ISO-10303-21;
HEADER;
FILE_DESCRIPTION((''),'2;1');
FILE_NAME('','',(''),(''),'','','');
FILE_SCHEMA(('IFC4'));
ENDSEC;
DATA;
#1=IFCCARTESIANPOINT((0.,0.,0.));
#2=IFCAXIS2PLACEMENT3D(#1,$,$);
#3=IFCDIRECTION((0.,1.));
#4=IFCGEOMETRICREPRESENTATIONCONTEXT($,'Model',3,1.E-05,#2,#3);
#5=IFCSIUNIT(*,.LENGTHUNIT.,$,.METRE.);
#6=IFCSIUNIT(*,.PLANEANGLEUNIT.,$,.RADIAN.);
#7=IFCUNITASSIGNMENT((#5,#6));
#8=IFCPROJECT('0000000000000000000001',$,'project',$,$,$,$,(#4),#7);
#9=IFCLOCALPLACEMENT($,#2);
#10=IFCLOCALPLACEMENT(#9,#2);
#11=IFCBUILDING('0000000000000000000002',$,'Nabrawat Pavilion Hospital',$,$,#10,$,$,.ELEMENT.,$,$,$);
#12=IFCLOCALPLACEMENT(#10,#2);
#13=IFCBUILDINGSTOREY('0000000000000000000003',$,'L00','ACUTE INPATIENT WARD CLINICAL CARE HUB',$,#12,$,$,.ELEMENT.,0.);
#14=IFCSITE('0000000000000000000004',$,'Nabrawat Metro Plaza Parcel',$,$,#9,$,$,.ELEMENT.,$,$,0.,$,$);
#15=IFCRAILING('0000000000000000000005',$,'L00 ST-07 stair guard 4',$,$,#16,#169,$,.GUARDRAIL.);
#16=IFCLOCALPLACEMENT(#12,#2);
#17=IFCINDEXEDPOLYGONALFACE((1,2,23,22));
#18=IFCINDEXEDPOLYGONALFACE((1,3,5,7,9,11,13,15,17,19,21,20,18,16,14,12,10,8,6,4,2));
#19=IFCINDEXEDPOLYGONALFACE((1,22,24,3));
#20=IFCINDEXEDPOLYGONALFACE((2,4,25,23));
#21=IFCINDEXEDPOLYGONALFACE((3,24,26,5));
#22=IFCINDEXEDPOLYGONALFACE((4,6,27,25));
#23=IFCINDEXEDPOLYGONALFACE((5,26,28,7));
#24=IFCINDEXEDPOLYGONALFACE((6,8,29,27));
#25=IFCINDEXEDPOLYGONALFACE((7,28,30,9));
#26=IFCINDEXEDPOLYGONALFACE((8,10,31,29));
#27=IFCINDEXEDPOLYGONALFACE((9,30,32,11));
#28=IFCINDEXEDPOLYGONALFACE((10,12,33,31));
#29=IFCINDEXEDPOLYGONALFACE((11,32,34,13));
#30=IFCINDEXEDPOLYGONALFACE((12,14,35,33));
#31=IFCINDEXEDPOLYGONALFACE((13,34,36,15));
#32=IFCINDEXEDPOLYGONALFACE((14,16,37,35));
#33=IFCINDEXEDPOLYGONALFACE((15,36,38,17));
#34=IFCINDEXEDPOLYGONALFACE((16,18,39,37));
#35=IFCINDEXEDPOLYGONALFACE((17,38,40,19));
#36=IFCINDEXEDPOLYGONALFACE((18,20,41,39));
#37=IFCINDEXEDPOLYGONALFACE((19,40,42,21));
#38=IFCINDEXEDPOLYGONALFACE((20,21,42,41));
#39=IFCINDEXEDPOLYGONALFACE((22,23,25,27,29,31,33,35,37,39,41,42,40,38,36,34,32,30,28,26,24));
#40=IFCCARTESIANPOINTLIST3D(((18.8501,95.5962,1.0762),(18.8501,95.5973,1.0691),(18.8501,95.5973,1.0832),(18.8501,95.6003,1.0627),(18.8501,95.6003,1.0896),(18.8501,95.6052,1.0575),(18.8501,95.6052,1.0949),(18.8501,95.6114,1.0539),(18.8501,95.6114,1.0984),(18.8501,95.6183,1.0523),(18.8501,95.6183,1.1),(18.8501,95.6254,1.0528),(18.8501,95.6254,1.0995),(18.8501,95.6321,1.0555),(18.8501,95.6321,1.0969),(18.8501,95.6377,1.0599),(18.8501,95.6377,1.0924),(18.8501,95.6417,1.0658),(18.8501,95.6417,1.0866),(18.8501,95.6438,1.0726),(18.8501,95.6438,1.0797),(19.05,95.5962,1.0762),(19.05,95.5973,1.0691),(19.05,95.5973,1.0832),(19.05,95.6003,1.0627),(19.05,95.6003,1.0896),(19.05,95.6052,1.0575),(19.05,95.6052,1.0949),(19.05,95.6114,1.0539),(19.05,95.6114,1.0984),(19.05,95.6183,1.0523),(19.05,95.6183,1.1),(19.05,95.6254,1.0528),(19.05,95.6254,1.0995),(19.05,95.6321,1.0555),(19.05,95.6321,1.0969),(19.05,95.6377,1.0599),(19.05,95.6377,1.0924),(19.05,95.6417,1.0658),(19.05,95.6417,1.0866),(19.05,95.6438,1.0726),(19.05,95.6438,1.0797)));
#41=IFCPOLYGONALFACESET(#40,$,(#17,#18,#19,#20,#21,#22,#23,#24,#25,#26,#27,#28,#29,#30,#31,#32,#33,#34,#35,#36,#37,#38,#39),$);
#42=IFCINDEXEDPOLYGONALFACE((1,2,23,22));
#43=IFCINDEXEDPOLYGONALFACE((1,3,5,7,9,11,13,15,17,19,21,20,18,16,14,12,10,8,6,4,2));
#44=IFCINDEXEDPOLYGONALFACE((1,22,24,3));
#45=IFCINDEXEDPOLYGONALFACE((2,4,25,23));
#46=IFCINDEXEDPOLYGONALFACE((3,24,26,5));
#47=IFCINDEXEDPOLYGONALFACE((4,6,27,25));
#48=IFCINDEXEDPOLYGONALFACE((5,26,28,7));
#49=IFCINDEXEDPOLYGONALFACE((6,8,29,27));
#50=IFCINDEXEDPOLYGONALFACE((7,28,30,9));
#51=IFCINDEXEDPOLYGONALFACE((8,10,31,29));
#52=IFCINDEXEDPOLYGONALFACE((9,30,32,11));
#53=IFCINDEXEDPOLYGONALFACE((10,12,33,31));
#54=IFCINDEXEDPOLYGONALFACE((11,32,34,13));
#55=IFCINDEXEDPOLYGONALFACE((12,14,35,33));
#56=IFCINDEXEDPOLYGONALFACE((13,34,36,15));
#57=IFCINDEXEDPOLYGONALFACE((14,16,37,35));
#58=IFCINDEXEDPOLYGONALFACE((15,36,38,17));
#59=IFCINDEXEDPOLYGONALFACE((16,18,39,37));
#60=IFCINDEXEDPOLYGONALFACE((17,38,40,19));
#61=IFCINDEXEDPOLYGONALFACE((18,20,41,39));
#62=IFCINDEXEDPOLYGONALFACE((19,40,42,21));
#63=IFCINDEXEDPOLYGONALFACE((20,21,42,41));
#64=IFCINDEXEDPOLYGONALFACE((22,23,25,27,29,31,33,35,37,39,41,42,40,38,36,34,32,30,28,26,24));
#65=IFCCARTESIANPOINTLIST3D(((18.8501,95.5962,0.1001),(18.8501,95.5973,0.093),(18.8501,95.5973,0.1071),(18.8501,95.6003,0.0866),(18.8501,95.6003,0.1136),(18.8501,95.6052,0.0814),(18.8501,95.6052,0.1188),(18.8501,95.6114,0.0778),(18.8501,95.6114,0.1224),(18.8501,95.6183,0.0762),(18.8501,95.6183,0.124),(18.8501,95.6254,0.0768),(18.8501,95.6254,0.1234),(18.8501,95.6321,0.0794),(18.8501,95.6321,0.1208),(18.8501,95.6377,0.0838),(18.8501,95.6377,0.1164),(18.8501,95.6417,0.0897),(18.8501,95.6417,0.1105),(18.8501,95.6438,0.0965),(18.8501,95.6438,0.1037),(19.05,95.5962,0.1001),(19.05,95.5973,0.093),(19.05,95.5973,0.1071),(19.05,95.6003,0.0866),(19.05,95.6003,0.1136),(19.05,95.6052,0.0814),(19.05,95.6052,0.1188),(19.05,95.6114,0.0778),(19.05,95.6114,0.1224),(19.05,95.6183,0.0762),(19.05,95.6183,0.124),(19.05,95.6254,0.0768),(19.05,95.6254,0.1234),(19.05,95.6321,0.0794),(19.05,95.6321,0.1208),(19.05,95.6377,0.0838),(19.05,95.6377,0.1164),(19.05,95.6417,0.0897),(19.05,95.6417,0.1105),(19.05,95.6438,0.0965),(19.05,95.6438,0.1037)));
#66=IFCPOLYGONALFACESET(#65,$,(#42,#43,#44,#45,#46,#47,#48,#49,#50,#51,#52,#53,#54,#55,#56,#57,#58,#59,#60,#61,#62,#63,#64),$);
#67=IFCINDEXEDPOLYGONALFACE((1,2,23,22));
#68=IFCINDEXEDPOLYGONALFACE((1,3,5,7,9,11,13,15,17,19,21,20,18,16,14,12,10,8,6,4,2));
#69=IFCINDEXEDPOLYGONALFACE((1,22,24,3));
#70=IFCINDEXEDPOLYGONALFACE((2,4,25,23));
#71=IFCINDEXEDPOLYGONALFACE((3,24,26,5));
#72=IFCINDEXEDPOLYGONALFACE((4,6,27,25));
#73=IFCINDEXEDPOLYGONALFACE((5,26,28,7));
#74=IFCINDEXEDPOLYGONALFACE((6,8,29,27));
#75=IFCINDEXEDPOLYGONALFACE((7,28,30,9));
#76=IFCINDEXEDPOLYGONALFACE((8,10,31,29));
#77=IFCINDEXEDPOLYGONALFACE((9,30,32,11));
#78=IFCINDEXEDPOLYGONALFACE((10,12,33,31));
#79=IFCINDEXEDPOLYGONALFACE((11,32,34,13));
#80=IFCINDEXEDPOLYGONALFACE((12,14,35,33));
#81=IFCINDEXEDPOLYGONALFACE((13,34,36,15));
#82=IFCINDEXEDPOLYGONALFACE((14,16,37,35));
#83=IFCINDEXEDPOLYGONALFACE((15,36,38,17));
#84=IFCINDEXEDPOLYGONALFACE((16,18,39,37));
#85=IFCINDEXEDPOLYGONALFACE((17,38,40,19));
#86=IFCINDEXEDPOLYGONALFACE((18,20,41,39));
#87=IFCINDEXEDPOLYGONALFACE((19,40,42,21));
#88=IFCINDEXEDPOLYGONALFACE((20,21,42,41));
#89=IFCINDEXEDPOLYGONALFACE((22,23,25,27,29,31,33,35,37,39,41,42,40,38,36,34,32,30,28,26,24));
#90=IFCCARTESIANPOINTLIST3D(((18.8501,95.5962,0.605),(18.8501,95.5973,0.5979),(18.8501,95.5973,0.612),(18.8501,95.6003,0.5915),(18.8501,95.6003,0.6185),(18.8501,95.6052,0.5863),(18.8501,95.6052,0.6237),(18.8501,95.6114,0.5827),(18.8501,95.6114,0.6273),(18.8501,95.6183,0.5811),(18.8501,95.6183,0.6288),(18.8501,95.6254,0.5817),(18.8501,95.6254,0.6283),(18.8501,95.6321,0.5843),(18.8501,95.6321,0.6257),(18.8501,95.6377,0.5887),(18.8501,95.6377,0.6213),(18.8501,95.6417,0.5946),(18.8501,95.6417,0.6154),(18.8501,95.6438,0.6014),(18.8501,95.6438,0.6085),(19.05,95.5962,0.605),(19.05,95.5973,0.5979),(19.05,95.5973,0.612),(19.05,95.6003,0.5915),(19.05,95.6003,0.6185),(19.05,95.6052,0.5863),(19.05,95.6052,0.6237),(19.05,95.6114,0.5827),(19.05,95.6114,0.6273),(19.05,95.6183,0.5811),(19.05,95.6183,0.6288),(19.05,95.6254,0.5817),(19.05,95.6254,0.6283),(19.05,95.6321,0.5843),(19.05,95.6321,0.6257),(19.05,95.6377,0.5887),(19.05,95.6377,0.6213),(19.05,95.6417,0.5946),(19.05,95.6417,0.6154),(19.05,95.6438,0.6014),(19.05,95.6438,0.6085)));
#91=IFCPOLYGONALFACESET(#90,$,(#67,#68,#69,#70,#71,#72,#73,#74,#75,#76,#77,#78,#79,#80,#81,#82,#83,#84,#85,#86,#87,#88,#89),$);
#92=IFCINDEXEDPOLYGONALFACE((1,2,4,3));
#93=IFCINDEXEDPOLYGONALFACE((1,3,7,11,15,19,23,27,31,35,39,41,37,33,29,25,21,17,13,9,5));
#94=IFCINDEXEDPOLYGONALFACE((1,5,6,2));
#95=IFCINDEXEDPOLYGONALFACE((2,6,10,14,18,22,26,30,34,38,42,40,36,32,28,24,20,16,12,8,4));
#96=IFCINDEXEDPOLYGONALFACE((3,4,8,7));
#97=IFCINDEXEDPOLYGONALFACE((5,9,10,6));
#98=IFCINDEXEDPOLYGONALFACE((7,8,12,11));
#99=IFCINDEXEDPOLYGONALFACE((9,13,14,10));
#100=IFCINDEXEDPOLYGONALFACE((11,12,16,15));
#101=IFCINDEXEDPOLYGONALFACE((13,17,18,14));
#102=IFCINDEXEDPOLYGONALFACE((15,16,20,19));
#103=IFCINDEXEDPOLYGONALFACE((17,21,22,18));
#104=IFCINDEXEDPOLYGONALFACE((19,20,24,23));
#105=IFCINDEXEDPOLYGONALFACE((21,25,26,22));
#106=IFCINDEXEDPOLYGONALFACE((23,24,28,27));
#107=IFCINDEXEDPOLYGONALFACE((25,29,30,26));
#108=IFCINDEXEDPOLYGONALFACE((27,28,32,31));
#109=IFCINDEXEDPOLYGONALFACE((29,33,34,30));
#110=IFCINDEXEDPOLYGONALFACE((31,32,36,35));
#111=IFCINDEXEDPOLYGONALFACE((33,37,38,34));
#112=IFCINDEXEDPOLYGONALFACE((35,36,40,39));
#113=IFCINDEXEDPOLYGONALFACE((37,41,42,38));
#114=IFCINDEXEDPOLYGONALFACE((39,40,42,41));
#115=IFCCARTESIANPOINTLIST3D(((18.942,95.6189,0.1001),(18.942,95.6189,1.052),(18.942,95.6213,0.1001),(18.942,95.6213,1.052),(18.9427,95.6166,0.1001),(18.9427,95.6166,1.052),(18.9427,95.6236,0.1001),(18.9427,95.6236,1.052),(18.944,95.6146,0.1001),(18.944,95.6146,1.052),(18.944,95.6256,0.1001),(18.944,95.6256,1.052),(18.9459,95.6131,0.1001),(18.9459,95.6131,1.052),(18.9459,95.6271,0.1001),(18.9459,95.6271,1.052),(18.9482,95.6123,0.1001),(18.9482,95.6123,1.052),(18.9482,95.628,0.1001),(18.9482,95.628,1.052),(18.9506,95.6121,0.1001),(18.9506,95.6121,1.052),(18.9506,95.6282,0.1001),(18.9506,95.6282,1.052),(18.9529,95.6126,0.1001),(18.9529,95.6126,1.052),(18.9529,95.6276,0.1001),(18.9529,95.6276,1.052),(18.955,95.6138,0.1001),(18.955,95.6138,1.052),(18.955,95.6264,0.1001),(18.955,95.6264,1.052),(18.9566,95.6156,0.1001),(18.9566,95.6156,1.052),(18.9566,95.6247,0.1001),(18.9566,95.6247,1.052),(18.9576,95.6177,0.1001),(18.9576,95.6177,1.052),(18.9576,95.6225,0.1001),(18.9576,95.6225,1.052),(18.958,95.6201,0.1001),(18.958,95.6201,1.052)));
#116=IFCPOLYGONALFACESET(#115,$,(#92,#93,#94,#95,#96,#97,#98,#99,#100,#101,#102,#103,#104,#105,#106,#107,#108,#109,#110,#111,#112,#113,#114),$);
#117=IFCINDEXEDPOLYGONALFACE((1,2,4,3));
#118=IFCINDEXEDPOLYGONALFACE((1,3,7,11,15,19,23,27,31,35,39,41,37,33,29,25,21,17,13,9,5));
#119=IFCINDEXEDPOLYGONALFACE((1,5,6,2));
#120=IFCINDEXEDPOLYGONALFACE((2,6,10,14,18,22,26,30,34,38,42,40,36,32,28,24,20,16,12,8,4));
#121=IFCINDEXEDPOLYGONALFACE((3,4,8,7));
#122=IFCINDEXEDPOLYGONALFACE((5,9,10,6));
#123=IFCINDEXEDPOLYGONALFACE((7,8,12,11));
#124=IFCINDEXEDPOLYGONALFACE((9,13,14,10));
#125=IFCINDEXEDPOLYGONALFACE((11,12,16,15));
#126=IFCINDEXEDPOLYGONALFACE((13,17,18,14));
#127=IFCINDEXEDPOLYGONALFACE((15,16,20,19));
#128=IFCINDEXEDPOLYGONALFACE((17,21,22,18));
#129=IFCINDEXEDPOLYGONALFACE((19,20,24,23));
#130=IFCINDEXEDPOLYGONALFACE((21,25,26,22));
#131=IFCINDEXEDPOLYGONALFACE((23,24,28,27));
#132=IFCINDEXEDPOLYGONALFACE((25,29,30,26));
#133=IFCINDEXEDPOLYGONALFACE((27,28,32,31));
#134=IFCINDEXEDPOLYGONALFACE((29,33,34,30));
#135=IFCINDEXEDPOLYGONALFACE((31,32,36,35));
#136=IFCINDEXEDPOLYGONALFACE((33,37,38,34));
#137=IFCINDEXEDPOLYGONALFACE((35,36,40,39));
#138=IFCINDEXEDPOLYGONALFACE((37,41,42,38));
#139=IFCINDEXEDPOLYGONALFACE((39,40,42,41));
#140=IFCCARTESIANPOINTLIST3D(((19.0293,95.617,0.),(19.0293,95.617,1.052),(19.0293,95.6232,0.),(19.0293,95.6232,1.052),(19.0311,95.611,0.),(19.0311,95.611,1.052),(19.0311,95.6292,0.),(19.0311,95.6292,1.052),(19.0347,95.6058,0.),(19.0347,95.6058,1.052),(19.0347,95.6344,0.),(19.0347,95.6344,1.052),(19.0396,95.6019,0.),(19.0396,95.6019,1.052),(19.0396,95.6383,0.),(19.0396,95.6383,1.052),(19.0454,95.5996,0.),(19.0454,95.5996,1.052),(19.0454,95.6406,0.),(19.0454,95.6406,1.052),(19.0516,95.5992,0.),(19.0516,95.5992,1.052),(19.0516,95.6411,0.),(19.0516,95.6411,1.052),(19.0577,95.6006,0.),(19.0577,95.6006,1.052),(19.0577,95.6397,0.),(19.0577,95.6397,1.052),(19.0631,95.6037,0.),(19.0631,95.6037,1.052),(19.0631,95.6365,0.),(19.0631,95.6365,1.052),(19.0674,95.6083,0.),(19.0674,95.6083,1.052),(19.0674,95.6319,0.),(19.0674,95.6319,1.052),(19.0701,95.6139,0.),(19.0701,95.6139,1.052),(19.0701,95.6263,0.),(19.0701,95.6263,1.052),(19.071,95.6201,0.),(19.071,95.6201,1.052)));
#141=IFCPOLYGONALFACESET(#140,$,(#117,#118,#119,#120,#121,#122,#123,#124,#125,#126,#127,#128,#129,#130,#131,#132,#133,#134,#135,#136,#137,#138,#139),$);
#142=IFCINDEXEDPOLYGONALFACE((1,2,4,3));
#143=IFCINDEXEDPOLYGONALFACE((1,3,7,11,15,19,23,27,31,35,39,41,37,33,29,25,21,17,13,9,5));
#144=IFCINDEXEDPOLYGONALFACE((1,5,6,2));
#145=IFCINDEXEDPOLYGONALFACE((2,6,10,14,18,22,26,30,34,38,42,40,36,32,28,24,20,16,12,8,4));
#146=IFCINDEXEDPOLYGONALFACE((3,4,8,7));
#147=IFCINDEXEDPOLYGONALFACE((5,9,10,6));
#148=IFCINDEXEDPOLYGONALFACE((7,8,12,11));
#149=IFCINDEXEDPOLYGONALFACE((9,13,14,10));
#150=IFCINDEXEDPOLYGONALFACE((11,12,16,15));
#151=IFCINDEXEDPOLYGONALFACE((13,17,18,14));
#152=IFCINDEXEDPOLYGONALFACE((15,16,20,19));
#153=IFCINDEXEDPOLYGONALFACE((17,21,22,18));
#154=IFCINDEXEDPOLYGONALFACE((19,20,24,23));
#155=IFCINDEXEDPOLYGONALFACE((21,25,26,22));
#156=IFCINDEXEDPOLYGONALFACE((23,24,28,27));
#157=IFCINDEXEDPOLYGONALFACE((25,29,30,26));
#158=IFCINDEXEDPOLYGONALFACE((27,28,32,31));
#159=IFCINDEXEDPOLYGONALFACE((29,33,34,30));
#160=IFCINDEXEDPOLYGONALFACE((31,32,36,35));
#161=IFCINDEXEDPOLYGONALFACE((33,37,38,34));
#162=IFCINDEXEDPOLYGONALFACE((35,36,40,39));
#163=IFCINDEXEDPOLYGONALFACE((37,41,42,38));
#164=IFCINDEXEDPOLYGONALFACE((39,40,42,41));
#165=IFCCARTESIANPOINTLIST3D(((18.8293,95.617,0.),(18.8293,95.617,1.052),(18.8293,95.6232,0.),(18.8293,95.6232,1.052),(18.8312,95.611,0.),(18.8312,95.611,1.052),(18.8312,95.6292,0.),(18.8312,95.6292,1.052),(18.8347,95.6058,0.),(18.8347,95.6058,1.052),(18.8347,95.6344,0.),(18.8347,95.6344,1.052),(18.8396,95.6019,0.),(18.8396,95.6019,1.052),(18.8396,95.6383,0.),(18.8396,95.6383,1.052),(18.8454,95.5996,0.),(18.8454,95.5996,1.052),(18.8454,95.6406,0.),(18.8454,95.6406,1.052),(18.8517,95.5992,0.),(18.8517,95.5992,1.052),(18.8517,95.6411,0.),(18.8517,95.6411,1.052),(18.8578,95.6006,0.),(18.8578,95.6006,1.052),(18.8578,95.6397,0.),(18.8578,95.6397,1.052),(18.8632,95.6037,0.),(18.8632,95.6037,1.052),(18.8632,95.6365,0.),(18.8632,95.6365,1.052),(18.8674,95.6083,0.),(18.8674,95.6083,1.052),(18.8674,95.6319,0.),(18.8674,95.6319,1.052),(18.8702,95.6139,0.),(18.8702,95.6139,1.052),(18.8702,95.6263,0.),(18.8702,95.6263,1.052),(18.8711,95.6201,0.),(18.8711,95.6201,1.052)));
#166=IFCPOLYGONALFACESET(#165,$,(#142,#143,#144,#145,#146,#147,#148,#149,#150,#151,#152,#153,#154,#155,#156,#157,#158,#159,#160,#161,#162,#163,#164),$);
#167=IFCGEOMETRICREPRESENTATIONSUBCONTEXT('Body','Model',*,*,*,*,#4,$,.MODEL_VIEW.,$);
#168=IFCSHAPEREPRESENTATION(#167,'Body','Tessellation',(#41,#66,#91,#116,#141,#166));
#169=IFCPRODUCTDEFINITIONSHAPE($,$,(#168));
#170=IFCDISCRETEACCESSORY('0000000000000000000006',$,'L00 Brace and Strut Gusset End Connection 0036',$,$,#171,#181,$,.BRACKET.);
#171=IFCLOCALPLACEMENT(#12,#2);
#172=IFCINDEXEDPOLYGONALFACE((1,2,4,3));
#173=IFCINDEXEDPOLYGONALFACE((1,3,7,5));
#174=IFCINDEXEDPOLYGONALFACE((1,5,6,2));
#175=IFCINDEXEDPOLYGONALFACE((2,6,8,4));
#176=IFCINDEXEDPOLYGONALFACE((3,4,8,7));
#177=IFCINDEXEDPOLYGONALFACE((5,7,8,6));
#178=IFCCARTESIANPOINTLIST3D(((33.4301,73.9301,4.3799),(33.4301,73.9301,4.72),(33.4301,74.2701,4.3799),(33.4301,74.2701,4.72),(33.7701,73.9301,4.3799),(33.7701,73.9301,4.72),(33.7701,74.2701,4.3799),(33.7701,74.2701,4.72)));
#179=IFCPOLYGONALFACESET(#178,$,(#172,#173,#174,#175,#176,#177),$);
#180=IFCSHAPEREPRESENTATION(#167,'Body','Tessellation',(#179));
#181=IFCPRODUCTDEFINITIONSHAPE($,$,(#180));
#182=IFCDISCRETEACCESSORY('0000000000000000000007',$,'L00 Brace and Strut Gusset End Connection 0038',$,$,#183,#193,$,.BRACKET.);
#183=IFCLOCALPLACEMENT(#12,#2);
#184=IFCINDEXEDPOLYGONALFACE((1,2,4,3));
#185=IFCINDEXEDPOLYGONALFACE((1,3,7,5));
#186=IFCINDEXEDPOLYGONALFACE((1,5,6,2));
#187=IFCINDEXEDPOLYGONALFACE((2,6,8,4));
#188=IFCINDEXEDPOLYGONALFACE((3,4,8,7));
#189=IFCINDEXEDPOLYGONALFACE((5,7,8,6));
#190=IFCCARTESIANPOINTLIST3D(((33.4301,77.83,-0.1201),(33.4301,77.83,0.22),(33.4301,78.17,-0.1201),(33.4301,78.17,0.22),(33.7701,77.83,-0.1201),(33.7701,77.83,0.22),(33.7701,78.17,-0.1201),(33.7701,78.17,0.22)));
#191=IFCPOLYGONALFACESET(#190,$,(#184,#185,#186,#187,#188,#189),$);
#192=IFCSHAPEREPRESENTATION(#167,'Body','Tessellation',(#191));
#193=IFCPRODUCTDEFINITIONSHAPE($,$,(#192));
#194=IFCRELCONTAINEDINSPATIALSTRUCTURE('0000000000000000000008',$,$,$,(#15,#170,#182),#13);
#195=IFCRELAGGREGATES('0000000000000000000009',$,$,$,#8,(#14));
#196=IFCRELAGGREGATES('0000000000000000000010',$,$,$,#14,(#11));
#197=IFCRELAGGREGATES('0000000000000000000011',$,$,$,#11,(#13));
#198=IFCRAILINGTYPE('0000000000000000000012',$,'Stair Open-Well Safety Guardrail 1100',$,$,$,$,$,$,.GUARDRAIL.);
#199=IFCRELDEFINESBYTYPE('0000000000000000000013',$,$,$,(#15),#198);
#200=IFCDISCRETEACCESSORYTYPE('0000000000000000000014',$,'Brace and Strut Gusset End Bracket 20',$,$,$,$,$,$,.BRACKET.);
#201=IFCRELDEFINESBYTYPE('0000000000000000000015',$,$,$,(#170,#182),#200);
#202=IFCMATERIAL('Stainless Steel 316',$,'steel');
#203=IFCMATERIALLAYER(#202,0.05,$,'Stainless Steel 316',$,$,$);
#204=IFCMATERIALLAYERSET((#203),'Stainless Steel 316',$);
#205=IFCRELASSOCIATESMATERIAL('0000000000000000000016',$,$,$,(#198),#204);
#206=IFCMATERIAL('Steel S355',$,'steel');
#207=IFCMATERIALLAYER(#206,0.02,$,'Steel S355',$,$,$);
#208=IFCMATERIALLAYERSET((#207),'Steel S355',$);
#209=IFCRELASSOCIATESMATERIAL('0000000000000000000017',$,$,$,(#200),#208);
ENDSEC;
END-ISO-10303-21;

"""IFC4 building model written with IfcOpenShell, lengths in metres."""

from ifc_helpers import new_model, si_unit, direction, frame, origin, origin_2d, place, context, subcontext, project, spatial, rectangle, circle, extrude, material, layer, layer_set, type_object, element, save


model = new_model("IFC4")

# Units and contexts
model_context = context("Model", 3, precision=1e-05, world=origin(), true_north=direction((0.0, 1.0)))
body_context = subcontext(model_context, "Body", "Model", "MODEL_VIEW")
ifc_project = project(units=[si_unit("LENGTHUNIT", "METRE"), si_unit("PLANEANGLEUNIT", "RADIAN")], contexts=[model_context])

# Site, building, storey
site_placement = place(None, origin())
site = spatial("IfcSite", under=ifc_project, at=site_placement, Name="Nabrawat Metro Plaza Parcel", CompositionType="ELEMENT", RefElevation=0.0)
building_placement = place(site_placement, origin())
building = spatial("IfcBuilding", under=site, at=building_placement, Name="Nabrawat Pavilion Hospital", CompositionType="ELEMENT")
storey_placement = place(building_placement, origin())
storey = spatial("IfcBuildingStorey", under=building, at=storey_placement, Name="L00", Description="ACUTE INPATIENT WARD CLINICAL CARE HUB", CompositionType="ELEMENT", Elevation=0.0)

# Shared definitions
ifc_material_1 = material(Name="Steel S355", Category="steel")

# Railing
ifc_material_2 = material(Name="Stainless Steel 316", Category="steel")
ifc_layer_1 = layer(ifc_material_2, 0.05, Name="Stainless Steel 316")
ifc_layer_set_1 = layer_set([ifc_layer_1], Name="Stainless Steel 316")
railing_type = type_object("IfcRailingType", Name="Stair Open-Well Safety Guardrail 1100", PredefinedType="GUARDRAIL", material=ifc_layer_set_1)
railing_1_placement = place(storey_placement, frame((19.05, 95.6201, 0.0)))
element("IfcRailing", 1, at=railing_1_placement, inside=storey, type_object=railing_type, Name="L00 ST-07 stair guard 4", PredefinedType="GUARDRAIL", context=body_context, shape_type="SweptSolid", body=[
    extrude(circle(Radius=0.0239, at=origin_2d()), frame((0.0, 0.0, 1.0762), z_axis=(-1.0, 0.0, 0.0), x_axis=(0.0, -1.0, 0.0)), (0.0, 0.0, 1.0), 0.2),
    extrude(circle(Radius=0.0239, at=origin_2d()), frame((0.0, 0.0, 0.1001), z_axis=(-1.0, 0.0, 0.0), x_axis=(0.0, -1.0, 0.0)), (0.0, 0.0, 1.0), 0.2),
    extrude(circle(Radius=0.0239, at=origin_2d()), frame((0.0, 0.0, 0.605), z_axis=(-1.0, 0.0, 0.0), x_axis=(0.0, -1.0, 0.0)), (0.0, 0.0, 1.0), 0.2),
    extrude(circle(Radius=0.0081, at=origin_2d()), frame((-0.1001, 0.0, 0.1001)), (0.0, 0.0, 1.0), 0.9519),
    extrude(circle(Radius=0.021, at=origin_2d()), origin(), (0.0, 0.0, 1.0), 1.052),
    extrude(circle(Radius=0.021, at=origin_2d()), frame((-0.2, 0.0, 0.0)), (0.0, 0.0, 1.0), 1.052),
])

# Discrete accessories
ifc_layer_2 = layer(ifc_material_1, 0.02, Name="Steel S355")
ifc_layer_set_2 = layer_set([ifc_layer_2], Name="Steel S355")
discrete_accessory_type = type_object("IfcDiscreteAccessoryType", Name="Brace and Strut Gusset End Bracket 20", PredefinedType="BRACKET", material=ifc_layer_set_2)
for number, where, z_axis, x_axis, name in (
    (2, (33.6001, 74.1001, 4.3799), (0.0, 0.0, 1.0), (1.0, 0.0, 0.0), "L00 Brace and Strut Gusset End Connection 0036"),
    (3, (33.6001, 78.0, -0.1201), (0.0, 0.0, 1.0), (1.0, 0.0, 0.0), "L00 Brace and Strut Gusset End Connection 0038"),
):
    element("IfcDiscreteAccessory", number, at=place(storey_placement, frame(where, z_axis=z_axis, x_axis=x_axis)), inside=storey, type_object=discrete_accessory_type, Name=name, PredefinedType="BRACKET", context=body_context, shape_type="SweptSolid", body=[
        extrude(rectangle(XDim=0.3401, YDim=0.3401, at=origin_2d()), origin(), (0.0, 0.0, 1.0), 0.3401),
    ])

save(model, "model.ifc")
